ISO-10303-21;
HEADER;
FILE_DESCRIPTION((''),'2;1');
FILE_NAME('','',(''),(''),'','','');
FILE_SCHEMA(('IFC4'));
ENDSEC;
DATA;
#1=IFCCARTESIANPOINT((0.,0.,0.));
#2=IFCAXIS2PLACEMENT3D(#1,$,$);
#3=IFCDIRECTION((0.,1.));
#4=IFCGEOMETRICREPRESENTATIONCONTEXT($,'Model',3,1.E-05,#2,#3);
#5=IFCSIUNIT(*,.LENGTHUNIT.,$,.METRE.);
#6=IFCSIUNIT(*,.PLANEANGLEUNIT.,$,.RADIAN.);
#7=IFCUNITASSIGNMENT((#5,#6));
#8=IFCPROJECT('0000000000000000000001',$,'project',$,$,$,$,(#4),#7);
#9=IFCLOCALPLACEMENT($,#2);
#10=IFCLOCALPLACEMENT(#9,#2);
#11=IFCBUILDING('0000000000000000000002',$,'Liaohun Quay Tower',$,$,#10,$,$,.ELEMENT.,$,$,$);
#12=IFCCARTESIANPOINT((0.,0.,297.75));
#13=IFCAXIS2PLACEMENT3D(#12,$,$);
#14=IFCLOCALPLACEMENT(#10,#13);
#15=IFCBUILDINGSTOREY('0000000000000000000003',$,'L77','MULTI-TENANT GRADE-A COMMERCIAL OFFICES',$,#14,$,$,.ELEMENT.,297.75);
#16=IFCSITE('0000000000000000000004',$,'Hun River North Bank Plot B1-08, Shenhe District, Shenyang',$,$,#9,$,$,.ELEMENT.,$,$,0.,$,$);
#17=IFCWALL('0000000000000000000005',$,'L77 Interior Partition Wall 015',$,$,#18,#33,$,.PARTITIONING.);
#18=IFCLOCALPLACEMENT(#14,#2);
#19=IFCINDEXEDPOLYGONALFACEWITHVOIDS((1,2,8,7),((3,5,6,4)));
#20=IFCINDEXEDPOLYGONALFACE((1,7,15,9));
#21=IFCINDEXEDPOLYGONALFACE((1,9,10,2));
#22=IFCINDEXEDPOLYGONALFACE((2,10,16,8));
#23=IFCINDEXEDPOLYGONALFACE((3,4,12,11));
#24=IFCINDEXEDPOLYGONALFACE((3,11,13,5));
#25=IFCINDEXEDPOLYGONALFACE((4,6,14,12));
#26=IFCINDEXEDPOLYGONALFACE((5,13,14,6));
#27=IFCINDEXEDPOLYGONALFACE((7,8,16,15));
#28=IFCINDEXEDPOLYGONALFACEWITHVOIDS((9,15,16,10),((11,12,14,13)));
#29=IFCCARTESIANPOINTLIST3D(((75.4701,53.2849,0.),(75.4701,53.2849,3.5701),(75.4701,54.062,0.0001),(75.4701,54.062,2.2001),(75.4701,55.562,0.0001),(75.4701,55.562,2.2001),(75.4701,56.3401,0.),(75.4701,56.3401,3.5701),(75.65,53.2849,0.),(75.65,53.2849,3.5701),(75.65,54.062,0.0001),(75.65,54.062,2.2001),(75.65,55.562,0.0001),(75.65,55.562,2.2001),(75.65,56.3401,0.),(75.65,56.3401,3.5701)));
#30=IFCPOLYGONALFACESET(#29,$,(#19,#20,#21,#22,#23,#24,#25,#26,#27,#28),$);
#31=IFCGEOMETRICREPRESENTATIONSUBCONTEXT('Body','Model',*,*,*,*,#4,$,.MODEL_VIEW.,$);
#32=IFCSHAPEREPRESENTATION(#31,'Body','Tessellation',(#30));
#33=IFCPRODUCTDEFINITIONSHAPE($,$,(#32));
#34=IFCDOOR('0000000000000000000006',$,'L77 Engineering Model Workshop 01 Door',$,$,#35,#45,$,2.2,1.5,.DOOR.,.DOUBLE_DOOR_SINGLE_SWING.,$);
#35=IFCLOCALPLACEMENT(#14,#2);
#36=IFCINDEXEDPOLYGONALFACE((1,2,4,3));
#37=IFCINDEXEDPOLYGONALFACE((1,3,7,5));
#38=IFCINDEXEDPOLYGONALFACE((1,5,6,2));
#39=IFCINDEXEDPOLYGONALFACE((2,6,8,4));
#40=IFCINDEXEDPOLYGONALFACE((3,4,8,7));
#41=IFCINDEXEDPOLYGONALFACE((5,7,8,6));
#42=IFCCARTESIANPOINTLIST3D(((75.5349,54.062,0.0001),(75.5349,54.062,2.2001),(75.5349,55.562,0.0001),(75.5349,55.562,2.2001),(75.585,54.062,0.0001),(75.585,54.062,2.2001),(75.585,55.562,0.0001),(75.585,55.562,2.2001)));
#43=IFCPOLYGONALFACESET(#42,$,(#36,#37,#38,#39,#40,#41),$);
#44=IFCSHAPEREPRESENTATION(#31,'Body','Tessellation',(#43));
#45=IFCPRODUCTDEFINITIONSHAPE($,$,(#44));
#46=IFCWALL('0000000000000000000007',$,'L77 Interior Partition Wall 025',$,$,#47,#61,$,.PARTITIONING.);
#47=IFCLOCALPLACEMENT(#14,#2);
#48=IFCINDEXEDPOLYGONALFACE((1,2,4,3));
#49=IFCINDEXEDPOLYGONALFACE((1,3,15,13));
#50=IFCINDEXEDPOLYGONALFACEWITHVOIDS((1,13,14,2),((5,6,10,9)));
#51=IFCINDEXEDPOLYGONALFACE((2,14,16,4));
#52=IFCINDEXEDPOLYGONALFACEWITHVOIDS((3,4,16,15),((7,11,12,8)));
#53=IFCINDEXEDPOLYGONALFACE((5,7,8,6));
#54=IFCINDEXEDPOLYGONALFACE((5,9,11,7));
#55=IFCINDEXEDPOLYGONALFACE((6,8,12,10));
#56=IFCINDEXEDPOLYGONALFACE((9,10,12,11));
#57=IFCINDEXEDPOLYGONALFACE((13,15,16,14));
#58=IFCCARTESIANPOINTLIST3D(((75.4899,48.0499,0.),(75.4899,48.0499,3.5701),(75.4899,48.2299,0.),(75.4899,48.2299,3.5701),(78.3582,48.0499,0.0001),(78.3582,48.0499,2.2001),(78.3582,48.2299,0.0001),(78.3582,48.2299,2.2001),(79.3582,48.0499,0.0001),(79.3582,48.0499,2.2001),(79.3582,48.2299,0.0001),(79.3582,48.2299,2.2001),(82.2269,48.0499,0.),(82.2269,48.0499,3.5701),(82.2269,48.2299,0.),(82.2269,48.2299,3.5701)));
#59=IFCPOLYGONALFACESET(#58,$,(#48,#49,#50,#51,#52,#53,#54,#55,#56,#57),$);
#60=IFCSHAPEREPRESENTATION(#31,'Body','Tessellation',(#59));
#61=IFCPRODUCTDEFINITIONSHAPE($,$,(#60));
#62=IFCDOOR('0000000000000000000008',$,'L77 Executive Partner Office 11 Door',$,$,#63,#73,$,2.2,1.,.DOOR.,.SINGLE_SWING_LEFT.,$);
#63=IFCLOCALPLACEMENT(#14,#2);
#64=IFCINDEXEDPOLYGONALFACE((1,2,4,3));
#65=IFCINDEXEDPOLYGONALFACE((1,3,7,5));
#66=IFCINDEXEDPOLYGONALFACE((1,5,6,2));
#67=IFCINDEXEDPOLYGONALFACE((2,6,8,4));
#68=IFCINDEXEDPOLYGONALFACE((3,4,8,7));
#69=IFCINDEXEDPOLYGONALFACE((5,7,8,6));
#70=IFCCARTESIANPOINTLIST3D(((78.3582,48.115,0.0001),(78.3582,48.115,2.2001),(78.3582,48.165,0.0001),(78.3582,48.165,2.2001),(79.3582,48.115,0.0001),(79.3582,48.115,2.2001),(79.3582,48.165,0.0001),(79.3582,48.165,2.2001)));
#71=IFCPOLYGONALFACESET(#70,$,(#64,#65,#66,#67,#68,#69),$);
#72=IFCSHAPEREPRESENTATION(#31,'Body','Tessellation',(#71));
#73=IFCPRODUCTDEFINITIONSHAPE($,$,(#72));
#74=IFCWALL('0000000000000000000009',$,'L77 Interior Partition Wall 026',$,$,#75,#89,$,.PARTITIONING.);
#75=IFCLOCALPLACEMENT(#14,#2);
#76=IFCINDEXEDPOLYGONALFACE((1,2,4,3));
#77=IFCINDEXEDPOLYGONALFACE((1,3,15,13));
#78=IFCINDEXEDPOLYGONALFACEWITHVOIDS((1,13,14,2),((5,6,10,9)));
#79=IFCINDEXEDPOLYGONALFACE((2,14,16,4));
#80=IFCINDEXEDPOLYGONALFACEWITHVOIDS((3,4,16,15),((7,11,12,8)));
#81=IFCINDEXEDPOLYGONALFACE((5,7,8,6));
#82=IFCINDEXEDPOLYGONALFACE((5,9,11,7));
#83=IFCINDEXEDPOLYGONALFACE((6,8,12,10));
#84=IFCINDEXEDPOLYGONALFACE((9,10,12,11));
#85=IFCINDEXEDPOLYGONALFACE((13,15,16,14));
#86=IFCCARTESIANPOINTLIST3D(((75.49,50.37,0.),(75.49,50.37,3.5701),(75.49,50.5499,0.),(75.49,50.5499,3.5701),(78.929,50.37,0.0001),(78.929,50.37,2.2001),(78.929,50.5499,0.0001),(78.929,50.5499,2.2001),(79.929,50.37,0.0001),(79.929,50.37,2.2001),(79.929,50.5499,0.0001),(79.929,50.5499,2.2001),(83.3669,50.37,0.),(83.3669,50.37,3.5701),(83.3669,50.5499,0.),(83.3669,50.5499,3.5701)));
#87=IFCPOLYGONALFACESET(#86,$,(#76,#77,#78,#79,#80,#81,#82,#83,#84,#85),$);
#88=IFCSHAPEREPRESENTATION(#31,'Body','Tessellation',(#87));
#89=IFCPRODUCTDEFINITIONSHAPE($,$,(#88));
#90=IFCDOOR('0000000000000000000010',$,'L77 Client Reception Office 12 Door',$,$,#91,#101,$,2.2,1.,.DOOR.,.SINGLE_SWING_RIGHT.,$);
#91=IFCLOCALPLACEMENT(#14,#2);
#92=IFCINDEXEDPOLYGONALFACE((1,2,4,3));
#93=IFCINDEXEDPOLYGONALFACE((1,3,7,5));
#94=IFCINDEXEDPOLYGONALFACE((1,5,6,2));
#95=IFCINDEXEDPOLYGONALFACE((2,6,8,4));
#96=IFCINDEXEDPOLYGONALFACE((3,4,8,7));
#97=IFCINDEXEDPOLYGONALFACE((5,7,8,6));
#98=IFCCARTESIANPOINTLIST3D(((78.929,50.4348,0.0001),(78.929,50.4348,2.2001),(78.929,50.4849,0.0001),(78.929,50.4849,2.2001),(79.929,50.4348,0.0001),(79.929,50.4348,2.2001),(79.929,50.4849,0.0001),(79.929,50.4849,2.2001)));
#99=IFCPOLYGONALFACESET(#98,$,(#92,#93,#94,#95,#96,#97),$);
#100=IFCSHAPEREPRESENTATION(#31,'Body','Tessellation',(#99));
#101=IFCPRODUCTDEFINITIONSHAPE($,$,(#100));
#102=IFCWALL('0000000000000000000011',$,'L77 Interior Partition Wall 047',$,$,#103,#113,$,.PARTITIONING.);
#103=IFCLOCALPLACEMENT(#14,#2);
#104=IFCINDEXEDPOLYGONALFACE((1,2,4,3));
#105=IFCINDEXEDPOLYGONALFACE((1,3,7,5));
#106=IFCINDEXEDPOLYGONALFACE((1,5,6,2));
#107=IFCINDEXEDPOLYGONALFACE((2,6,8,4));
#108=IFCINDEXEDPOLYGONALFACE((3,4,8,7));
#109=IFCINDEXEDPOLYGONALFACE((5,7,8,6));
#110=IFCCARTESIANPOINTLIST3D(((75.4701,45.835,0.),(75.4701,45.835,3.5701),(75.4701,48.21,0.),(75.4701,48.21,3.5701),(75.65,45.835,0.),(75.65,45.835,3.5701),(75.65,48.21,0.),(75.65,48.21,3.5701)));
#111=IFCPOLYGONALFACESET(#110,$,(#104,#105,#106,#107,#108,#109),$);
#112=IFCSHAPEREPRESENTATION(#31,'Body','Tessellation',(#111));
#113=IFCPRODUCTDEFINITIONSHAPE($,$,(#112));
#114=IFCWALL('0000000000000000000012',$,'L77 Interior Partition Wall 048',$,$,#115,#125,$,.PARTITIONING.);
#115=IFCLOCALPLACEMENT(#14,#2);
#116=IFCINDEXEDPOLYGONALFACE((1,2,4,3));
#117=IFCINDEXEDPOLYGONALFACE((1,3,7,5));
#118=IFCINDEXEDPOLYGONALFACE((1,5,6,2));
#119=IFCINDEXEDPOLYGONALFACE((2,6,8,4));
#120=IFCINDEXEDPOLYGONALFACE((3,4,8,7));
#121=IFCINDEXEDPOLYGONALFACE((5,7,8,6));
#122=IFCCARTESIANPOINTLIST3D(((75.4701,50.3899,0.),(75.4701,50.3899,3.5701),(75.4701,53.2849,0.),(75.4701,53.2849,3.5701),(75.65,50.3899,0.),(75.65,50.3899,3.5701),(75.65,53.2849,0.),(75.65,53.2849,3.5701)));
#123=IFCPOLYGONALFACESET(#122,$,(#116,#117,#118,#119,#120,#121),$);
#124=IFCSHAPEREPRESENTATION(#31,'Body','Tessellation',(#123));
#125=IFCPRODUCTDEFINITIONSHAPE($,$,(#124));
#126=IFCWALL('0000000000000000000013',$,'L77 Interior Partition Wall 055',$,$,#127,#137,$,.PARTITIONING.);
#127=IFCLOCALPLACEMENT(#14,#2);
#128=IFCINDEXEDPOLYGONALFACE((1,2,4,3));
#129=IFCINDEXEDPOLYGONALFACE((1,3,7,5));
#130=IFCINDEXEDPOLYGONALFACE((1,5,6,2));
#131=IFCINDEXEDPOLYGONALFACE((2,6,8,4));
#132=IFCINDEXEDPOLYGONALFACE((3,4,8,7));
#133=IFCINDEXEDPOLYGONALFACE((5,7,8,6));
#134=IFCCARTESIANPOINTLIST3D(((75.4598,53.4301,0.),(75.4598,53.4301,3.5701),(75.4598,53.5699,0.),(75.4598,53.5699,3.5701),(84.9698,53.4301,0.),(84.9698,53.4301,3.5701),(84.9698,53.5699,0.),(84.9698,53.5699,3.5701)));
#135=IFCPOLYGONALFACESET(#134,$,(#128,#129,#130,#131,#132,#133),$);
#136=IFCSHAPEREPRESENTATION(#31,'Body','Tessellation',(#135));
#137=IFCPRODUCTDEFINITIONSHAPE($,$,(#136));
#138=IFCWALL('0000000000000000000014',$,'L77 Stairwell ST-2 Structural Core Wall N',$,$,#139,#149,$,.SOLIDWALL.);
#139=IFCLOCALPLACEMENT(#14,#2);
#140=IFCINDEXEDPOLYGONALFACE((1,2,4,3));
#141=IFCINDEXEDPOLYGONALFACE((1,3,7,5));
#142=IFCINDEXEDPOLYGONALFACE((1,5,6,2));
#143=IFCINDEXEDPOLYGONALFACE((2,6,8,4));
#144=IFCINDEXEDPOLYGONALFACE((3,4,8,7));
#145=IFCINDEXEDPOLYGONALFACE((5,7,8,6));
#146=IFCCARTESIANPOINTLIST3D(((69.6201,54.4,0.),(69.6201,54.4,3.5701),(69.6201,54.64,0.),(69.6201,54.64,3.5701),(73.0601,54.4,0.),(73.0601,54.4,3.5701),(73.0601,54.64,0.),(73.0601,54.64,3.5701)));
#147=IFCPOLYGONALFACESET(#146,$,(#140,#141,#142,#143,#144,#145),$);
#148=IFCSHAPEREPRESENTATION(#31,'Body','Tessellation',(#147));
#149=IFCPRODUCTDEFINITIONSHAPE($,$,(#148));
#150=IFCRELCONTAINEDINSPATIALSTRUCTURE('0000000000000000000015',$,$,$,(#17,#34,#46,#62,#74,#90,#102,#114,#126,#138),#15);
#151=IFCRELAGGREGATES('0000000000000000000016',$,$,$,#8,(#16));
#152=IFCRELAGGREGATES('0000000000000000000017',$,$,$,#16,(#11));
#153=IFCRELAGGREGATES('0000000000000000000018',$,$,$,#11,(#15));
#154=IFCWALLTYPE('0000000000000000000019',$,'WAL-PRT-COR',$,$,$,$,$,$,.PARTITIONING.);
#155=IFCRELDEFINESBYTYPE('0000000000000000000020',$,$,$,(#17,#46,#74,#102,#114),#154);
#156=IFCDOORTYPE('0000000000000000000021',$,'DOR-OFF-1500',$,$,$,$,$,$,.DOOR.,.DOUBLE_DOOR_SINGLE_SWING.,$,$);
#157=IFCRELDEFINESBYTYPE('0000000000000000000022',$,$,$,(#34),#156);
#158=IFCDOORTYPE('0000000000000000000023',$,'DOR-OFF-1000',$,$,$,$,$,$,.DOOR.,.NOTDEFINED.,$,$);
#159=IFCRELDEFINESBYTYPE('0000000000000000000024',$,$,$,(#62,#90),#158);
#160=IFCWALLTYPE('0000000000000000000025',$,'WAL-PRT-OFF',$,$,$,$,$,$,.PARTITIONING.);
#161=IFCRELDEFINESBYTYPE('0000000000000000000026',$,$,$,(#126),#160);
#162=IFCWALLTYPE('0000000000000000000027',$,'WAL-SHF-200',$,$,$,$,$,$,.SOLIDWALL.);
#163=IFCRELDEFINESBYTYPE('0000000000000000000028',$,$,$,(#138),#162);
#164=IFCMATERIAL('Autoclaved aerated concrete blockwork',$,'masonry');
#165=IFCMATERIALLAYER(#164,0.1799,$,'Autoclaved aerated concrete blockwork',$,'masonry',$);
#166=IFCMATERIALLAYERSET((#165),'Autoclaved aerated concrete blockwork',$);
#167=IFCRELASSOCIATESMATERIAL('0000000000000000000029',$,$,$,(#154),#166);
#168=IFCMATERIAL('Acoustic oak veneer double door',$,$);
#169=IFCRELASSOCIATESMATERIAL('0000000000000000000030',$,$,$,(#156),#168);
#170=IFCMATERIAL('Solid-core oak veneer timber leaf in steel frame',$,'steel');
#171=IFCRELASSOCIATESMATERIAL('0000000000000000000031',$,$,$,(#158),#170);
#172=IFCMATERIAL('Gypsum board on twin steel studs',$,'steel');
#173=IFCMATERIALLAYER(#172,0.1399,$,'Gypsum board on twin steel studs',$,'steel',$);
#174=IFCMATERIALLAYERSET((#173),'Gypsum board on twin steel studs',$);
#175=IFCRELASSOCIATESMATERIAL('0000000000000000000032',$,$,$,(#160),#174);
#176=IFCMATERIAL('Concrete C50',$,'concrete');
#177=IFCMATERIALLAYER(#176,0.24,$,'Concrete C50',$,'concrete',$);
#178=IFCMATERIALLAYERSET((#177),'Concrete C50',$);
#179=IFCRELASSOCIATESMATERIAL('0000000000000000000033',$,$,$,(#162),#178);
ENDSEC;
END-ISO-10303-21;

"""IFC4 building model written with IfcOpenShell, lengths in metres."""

from ifc_helpers import new_model, si_unit, direction, frame, frame_2d, origin, place, context, subcontext, project, spatial, rectangle, extrude, source, transform, mapped, material, layer, layer_set, type_object, element, fill, save


model = new_model("IFC4")

# Units and contexts
model_context = context("Model", 3, precision=1e-05, world=origin(), true_north=direction((0.0, 1.0)))
body_context = subcontext(model_context, "Body", "Model", "MODEL_VIEW")
ifc_project = project(units=[si_unit("LENGTHUNIT", "METRE"), si_unit("PLANEANGLEUNIT", "RADIAN")], contexts=[model_context])

# Site, building, storey
site_placement = place(None, origin())
site = spatial("IfcSite", under=ifc_project, at=site_placement, Name="Hun River North Bank Plot B1-08, Shenhe District, Shenyang", CompositionType="ELEMENT", RefElevation=0.0)
building_placement = place(site_placement, origin())
building = spatial("IfcBuilding", under=site, at=building_placement, Name="Liaohun Quay Tower", CompositionType="ELEMENT")
storey_placement = place(building_placement, frame((0.0, 0.0, 297.75)))
storey = spatial("IfcBuildingStorey", under=building, at=storey_placement, Name="L77", Description="MULTI-TENANT GRADE-A COMMERCIAL OFFICES", CompositionType="ELEMENT", Elevation=297.75)

# Walls, openings, doors
ifc_material_1 = material(Name="Autoclaved aerated concrete blockwork", Category="masonry")
ifc_layer_1 = layer(ifc_material_1, 0.1799, Name="Autoclaved aerated concrete blockwork", Category="masonry")
ifc_layer_set_1 = layer_set([ifc_layer_1], Name="Autoclaved aerated concrete blockwork")
wall_type_1 = type_object("IfcWallType", Name="WAL-PRT-COR", PredefinedType="PARTITIONING", material=ifc_layer_set_1)
wall_1_placement = place(storey_placement, frame((75.5601, 56.3401, 0.0), z_axis=(0.0, 0.0, 1.0), x_axis=(0.0, -1.0, 0.0)))
wall_1 = element("IfcWall", 1, at=wall_1_placement, inside=storey, type_object=wall_type_1, Name="L77 Interior Partition Wall 015", PredefinedType="PARTITIONING", context=body_context, shape_type="SweptSolid", body=[
    extrude(rectangle(XDim=3.0552, YDim=0.1799, at=frame_2d((1.5276, 0.0))), origin(), (0.0, 0.0, 1.0), 3.5701),
])
shared_shape_1 = source(origin(), body_context, "Body", "SweptSolid", [
    extrude(rectangle(XDim=1.5, YDim=2.2, at=frame_2d((0.75, 1.1001))), frame((0.0, 0.0999, 0.0), z_axis=(0.0, -1.0, 0.0), x_axis=(1.0, 0.0, 0.0)), (0.0, 0.0, 1.0), 0.2),
])
opening_1_placement = place(wall_1_placement, frame((0.7781, 0.0, 0.0)))
opening_1 = element("IfcOpeningElement", 2, at=opening_1_placement, cuts=wall_1, PredefinedType="OPENING", context=body_context, shape_type="MappedRepresentation", body=[
    mapped(shared_shape_1, transform((0.0, 0.0, 0.0), x_axis=(1.0, 0.0, 0.0), y_axis=(0.0, 1.0, 0.0), z_axis=(0.0, 0.0, 1.0), scale=1.0)),
])
ifc_material_2 = material(Name="Acoustic oak veneer double door")
door_type_1 = type_object("IfcDoorType", Name="DOR-OFF-1500", OperationType="DOUBLE_DOOR_SINGLE_SWING", PredefinedType="DOOR", material=ifc_material_2)
shared_shape_2 = source(origin(), body_context, "Body", "SweptSolid", [
    extrude(rectangle(XDim=1.5, YDim=2.2, at=frame_2d((0.75, 1.1001))), frame((0.0, 0.0249, 0.0), z_axis=(0.0, -1.0, 0.0), x_axis=(1.0, 0.0, 0.0)), (0.0, 0.0, 1.0), 0.05),
])
door_1_placement = place(opening_1_placement, origin())
door_1 = element("IfcDoor", 3, at=door_1_placement, inside=storey, type_object=door_type_1, Name="L77 Engineering Model Workshop 01 Door", OperationType="DOUBLE_DOOR_SINGLE_SWING", OverallHeight=2.2, OverallWidth=1.5, PredefinedType="DOOR", context=body_context, shape_type="MappedRepresentation", body=[
    mapped(shared_shape_2, transform((0.0, 0.0, 0.0), x_axis=(1.0, 0.0, 0.0), y_axis=(0.0, 1.0, 0.0), z_axis=(0.0, 0.0, 1.0), scale=1.0)),
])
fill(opening_1, door_1)
wall_2_placement = place(storey_placement, frame((82.2271, 48.1399, 0.0), z_axis=(0.0, 0.0, 1.0), x_axis=(-1.0, 0.0, 0.0)))
wall_2 = element("IfcWall", 4, at=wall_2_placement, inside=storey, type_object=wall_type_1, Name="L77 Interior Partition Wall 025", PredefinedType="PARTITIONING", context=body_context, shape_type="SweptSolid", body=[
    extrude(rectangle(XDim=6.7371, YDim=0.1799, at=frame_2d((3.3687, 0.0))), origin(), (0.0, 0.0, 1.0), 3.5701),
])
shared_shape_3 = source(origin(), body_context, "Body", "SweptSolid", [
    extrude(rectangle(XDim=1.0, YDim=2.2, at=frame_2d((0.5, 1.1001))), frame((0.0, 0.0999, 0.0), z_axis=(0.0, -1.0, 0.0), x_axis=(1.0, 0.0, 0.0)), (0.0, 0.0, 1.0), 0.2),
])
opening_2_placement = place(wall_2_placement, frame((2.8689, 0.0, 0.0)))
opening_2 = element("IfcOpeningElement", 5, at=opening_2_placement, cuts=wall_2, PredefinedType="OPENING", context=body_context, shape_type="MappedRepresentation", body=[
    mapped(shared_shape_3, transform((0.0, 0.0, 0.0), x_axis=(1.0, 0.0, 0.0), y_axis=(0.0, 1.0, 0.0), z_axis=(0.0, 0.0, 1.0), scale=1.0)),
])
ifc_material_3 = material(Name="Solid-core oak veneer timber leaf in steel frame", Category="steel")
door_type_2 = type_object("IfcDoorType", Name="DOR-OFF-1000", OperationType="NOTDEFINED", PredefinedType="DOOR", material=ifc_material_3)
shared_shape_4 = source(origin(), body_context, "Body", "SweptSolid", [
    extrude(rectangle(XDim=1.0, YDim=2.2, at=frame_2d((0.5, 1.1001))), frame((0.0, 0.0249, 0.0), z_axis=(0.0, -1.0, 0.0), x_axis=(1.0, 0.0, 0.0)), (0.0, 0.0, 1.0), 0.05),
])
door_2_placement = place(opening_2_placement, origin())
door_2 = element("IfcDoor", 6, at=door_2_placement, inside=storey, type_object=door_type_2, Name="L77 Executive Partner Office 11 Door", OperationType="SINGLE_SWING_LEFT", OverallHeight=2.2, OverallWidth=1.0, PredefinedType="DOOR", context=body_context, shape_type="MappedRepresentation", body=[
    mapped(shared_shape_4, transform((0.0, 0.0, 0.0), x_axis=(1.0, 0.0, 0.0), y_axis=(0.0, 1.0, 0.0), z_axis=(0.0, 0.0, 1.0), scale=1.0)),
])
fill(opening_2, door_2)
wall_3_placement = place(storey_placement, frame((75.49, 50.46, 0.0), z_axis=(0.0, 0.0, 1.0), x_axis=(1.0, 0.0, 0.0)))
wall_3 = element("IfcWall", 7, at=wall_3_placement, inside=storey, type_object=wall_type_1, Name="L77 Interior Partition Wall 026", PredefinedType="PARTITIONING", context=body_context, shape_type="SweptSolid", body=[
    extrude(rectangle(XDim=7.877, YDim=0.1799, at=frame_2d((3.9385, 0.0))), origin(), (0.0, 0.0, 1.0), 3.5701),
])
opening_3_placement = place(wall_3_placement, frame((3.439, 0.0, 0.0)))
opening_3 = element("IfcOpeningElement", 8, at=opening_3_placement, cuts=wall_3, PredefinedType="OPENING", context=body_context, shape_type="MappedRepresentation", body=[
    mapped(shared_shape_3, transform((0.0, 0.0, 0.0), x_axis=(1.0, 0.0, 0.0), y_axis=(0.0, 1.0, 0.0), z_axis=(0.0, 0.0, 1.0), scale=1.0)),
])
door_3_placement = place(opening_3_placement, origin())
door_3 = element("IfcDoor", 9, at=door_3_placement, inside=storey, type_object=door_type_2, Name="L77 Client Reception Office 12 Door", OperationType="SINGLE_SWING_RIGHT", OverallHeight=2.2, OverallWidth=1.0, PredefinedType="DOOR", context=body_context, shape_type="MappedRepresentation", body=[
    mapped(shared_shape_4, transform((0.0, 0.0, 0.0), x_axis=(1.0, 0.0, 0.0), y_axis=(0.0, 1.0, 0.0), z_axis=(0.0, 0.0, 1.0), scale=1.0)),
])
fill(opening_3, door_3)

# Walls
wall_4_placement = place(storey_placement, frame((75.5601, 48.21, 0.0), z_axis=(0.0, 0.0, 1.0), x_axis=(0.0, -1.0, 0.0)))
element("IfcWall", 10, at=wall_4_placement, inside=storey, type_object=wall_type_1, Name="L77 Interior Partition Wall 047", PredefinedType="PARTITIONING", context=body_context, shape_type="SweptSolid", body=[
    extrude(rectangle(XDim=2.375, YDim=0.1799, at=frame_2d((1.1875, 0.0))), origin(), (0.0, 0.0, 1.0), 3.5701),
])
wall_5_placement = place(storey_placement, frame((75.5601, 53.2849, 0.0), z_axis=(0.0, 0.0, 1.0), x_axis=(0.0, -1.0, 0.0)))
element("IfcWall", 11, at=wall_5_placement, inside=storey, type_object=wall_type_1, Name="L77 Interior Partition Wall 048", PredefinedType="PARTITIONING", context=body_context, shape_type="SweptSolid", body=[
    extrude(rectangle(XDim=2.895, YDim=0.1799, at=frame_2d((1.4475, 0.0))), origin(), (0.0, 0.0, 1.0), 3.5701),
])
ifc_material_4 = material(Name="Gypsum board on twin steel studs", Category="steel")
ifc_layer_2 = layer(ifc_material_4, 0.1399, Name="Gypsum board on twin steel studs", Category="steel")
ifc_layer_set_2 = layer_set([ifc_layer_2], Name="Gypsum board on twin steel studs")
wall_type_2 = type_object("IfcWallType", Name="WAL-PRT-OFF", PredefinedType="PARTITIONING", material=ifc_layer_set_2)
wall_6_placement = place(storey_placement, frame((75.46, 53.5, 0.0), z_axis=(0.0, 0.0, 1.0), x_axis=(1.0, 0.0, 0.0)))
element("IfcWall", 12, at=wall_6_placement, inside=storey, type_object=wall_type_2, Name="L77 Interior Partition Wall 055", PredefinedType="PARTITIONING", context=body_context, shape_type="SweptSolid", body=[
    extrude(rectangle(XDim=9.51, YDim=0.1399, at=frame_2d((4.7549, 0.0))), origin(), (0.0, 0.0, 1.0), 3.5701),
])

# Wall
ifc_material_5 = material(Name="Concrete C50", Category="concrete")
ifc_layer_3 = layer(ifc_material_5, 0.24, Name="Concrete C50", Category="concrete")
ifc_layer_set_3 = layer_set([ifc_layer_3], Name="Concrete C50")
wall_type_3 = type_object("IfcWallType", Name="WAL-SHF-200", PredefinedType="SOLIDWALL", material=ifc_layer_set_3)
wall_7_placement = place(storey_placement, frame((73.0601, 54.52, 0.0), z_axis=(0.0, 0.0, 1.0), x_axis=(-1.0, 0.0, 0.0)))
element("IfcWall", 13, at=wall_7_placement, inside=storey, type_object=wall_type_3, Name="L77 Stairwell ST-2 Structural Core Wall N", PredefinedType="SOLIDWALL", context=body_context, shape_type="SweptSolid", body=[
    extrude(rectangle(XDim=3.4399, YDim=0.24, at=frame_2d((1.72, 0.0))), origin(), (0.0, 0.0, 1.0), 3.5701),
])

save(model, "model.ifc")
